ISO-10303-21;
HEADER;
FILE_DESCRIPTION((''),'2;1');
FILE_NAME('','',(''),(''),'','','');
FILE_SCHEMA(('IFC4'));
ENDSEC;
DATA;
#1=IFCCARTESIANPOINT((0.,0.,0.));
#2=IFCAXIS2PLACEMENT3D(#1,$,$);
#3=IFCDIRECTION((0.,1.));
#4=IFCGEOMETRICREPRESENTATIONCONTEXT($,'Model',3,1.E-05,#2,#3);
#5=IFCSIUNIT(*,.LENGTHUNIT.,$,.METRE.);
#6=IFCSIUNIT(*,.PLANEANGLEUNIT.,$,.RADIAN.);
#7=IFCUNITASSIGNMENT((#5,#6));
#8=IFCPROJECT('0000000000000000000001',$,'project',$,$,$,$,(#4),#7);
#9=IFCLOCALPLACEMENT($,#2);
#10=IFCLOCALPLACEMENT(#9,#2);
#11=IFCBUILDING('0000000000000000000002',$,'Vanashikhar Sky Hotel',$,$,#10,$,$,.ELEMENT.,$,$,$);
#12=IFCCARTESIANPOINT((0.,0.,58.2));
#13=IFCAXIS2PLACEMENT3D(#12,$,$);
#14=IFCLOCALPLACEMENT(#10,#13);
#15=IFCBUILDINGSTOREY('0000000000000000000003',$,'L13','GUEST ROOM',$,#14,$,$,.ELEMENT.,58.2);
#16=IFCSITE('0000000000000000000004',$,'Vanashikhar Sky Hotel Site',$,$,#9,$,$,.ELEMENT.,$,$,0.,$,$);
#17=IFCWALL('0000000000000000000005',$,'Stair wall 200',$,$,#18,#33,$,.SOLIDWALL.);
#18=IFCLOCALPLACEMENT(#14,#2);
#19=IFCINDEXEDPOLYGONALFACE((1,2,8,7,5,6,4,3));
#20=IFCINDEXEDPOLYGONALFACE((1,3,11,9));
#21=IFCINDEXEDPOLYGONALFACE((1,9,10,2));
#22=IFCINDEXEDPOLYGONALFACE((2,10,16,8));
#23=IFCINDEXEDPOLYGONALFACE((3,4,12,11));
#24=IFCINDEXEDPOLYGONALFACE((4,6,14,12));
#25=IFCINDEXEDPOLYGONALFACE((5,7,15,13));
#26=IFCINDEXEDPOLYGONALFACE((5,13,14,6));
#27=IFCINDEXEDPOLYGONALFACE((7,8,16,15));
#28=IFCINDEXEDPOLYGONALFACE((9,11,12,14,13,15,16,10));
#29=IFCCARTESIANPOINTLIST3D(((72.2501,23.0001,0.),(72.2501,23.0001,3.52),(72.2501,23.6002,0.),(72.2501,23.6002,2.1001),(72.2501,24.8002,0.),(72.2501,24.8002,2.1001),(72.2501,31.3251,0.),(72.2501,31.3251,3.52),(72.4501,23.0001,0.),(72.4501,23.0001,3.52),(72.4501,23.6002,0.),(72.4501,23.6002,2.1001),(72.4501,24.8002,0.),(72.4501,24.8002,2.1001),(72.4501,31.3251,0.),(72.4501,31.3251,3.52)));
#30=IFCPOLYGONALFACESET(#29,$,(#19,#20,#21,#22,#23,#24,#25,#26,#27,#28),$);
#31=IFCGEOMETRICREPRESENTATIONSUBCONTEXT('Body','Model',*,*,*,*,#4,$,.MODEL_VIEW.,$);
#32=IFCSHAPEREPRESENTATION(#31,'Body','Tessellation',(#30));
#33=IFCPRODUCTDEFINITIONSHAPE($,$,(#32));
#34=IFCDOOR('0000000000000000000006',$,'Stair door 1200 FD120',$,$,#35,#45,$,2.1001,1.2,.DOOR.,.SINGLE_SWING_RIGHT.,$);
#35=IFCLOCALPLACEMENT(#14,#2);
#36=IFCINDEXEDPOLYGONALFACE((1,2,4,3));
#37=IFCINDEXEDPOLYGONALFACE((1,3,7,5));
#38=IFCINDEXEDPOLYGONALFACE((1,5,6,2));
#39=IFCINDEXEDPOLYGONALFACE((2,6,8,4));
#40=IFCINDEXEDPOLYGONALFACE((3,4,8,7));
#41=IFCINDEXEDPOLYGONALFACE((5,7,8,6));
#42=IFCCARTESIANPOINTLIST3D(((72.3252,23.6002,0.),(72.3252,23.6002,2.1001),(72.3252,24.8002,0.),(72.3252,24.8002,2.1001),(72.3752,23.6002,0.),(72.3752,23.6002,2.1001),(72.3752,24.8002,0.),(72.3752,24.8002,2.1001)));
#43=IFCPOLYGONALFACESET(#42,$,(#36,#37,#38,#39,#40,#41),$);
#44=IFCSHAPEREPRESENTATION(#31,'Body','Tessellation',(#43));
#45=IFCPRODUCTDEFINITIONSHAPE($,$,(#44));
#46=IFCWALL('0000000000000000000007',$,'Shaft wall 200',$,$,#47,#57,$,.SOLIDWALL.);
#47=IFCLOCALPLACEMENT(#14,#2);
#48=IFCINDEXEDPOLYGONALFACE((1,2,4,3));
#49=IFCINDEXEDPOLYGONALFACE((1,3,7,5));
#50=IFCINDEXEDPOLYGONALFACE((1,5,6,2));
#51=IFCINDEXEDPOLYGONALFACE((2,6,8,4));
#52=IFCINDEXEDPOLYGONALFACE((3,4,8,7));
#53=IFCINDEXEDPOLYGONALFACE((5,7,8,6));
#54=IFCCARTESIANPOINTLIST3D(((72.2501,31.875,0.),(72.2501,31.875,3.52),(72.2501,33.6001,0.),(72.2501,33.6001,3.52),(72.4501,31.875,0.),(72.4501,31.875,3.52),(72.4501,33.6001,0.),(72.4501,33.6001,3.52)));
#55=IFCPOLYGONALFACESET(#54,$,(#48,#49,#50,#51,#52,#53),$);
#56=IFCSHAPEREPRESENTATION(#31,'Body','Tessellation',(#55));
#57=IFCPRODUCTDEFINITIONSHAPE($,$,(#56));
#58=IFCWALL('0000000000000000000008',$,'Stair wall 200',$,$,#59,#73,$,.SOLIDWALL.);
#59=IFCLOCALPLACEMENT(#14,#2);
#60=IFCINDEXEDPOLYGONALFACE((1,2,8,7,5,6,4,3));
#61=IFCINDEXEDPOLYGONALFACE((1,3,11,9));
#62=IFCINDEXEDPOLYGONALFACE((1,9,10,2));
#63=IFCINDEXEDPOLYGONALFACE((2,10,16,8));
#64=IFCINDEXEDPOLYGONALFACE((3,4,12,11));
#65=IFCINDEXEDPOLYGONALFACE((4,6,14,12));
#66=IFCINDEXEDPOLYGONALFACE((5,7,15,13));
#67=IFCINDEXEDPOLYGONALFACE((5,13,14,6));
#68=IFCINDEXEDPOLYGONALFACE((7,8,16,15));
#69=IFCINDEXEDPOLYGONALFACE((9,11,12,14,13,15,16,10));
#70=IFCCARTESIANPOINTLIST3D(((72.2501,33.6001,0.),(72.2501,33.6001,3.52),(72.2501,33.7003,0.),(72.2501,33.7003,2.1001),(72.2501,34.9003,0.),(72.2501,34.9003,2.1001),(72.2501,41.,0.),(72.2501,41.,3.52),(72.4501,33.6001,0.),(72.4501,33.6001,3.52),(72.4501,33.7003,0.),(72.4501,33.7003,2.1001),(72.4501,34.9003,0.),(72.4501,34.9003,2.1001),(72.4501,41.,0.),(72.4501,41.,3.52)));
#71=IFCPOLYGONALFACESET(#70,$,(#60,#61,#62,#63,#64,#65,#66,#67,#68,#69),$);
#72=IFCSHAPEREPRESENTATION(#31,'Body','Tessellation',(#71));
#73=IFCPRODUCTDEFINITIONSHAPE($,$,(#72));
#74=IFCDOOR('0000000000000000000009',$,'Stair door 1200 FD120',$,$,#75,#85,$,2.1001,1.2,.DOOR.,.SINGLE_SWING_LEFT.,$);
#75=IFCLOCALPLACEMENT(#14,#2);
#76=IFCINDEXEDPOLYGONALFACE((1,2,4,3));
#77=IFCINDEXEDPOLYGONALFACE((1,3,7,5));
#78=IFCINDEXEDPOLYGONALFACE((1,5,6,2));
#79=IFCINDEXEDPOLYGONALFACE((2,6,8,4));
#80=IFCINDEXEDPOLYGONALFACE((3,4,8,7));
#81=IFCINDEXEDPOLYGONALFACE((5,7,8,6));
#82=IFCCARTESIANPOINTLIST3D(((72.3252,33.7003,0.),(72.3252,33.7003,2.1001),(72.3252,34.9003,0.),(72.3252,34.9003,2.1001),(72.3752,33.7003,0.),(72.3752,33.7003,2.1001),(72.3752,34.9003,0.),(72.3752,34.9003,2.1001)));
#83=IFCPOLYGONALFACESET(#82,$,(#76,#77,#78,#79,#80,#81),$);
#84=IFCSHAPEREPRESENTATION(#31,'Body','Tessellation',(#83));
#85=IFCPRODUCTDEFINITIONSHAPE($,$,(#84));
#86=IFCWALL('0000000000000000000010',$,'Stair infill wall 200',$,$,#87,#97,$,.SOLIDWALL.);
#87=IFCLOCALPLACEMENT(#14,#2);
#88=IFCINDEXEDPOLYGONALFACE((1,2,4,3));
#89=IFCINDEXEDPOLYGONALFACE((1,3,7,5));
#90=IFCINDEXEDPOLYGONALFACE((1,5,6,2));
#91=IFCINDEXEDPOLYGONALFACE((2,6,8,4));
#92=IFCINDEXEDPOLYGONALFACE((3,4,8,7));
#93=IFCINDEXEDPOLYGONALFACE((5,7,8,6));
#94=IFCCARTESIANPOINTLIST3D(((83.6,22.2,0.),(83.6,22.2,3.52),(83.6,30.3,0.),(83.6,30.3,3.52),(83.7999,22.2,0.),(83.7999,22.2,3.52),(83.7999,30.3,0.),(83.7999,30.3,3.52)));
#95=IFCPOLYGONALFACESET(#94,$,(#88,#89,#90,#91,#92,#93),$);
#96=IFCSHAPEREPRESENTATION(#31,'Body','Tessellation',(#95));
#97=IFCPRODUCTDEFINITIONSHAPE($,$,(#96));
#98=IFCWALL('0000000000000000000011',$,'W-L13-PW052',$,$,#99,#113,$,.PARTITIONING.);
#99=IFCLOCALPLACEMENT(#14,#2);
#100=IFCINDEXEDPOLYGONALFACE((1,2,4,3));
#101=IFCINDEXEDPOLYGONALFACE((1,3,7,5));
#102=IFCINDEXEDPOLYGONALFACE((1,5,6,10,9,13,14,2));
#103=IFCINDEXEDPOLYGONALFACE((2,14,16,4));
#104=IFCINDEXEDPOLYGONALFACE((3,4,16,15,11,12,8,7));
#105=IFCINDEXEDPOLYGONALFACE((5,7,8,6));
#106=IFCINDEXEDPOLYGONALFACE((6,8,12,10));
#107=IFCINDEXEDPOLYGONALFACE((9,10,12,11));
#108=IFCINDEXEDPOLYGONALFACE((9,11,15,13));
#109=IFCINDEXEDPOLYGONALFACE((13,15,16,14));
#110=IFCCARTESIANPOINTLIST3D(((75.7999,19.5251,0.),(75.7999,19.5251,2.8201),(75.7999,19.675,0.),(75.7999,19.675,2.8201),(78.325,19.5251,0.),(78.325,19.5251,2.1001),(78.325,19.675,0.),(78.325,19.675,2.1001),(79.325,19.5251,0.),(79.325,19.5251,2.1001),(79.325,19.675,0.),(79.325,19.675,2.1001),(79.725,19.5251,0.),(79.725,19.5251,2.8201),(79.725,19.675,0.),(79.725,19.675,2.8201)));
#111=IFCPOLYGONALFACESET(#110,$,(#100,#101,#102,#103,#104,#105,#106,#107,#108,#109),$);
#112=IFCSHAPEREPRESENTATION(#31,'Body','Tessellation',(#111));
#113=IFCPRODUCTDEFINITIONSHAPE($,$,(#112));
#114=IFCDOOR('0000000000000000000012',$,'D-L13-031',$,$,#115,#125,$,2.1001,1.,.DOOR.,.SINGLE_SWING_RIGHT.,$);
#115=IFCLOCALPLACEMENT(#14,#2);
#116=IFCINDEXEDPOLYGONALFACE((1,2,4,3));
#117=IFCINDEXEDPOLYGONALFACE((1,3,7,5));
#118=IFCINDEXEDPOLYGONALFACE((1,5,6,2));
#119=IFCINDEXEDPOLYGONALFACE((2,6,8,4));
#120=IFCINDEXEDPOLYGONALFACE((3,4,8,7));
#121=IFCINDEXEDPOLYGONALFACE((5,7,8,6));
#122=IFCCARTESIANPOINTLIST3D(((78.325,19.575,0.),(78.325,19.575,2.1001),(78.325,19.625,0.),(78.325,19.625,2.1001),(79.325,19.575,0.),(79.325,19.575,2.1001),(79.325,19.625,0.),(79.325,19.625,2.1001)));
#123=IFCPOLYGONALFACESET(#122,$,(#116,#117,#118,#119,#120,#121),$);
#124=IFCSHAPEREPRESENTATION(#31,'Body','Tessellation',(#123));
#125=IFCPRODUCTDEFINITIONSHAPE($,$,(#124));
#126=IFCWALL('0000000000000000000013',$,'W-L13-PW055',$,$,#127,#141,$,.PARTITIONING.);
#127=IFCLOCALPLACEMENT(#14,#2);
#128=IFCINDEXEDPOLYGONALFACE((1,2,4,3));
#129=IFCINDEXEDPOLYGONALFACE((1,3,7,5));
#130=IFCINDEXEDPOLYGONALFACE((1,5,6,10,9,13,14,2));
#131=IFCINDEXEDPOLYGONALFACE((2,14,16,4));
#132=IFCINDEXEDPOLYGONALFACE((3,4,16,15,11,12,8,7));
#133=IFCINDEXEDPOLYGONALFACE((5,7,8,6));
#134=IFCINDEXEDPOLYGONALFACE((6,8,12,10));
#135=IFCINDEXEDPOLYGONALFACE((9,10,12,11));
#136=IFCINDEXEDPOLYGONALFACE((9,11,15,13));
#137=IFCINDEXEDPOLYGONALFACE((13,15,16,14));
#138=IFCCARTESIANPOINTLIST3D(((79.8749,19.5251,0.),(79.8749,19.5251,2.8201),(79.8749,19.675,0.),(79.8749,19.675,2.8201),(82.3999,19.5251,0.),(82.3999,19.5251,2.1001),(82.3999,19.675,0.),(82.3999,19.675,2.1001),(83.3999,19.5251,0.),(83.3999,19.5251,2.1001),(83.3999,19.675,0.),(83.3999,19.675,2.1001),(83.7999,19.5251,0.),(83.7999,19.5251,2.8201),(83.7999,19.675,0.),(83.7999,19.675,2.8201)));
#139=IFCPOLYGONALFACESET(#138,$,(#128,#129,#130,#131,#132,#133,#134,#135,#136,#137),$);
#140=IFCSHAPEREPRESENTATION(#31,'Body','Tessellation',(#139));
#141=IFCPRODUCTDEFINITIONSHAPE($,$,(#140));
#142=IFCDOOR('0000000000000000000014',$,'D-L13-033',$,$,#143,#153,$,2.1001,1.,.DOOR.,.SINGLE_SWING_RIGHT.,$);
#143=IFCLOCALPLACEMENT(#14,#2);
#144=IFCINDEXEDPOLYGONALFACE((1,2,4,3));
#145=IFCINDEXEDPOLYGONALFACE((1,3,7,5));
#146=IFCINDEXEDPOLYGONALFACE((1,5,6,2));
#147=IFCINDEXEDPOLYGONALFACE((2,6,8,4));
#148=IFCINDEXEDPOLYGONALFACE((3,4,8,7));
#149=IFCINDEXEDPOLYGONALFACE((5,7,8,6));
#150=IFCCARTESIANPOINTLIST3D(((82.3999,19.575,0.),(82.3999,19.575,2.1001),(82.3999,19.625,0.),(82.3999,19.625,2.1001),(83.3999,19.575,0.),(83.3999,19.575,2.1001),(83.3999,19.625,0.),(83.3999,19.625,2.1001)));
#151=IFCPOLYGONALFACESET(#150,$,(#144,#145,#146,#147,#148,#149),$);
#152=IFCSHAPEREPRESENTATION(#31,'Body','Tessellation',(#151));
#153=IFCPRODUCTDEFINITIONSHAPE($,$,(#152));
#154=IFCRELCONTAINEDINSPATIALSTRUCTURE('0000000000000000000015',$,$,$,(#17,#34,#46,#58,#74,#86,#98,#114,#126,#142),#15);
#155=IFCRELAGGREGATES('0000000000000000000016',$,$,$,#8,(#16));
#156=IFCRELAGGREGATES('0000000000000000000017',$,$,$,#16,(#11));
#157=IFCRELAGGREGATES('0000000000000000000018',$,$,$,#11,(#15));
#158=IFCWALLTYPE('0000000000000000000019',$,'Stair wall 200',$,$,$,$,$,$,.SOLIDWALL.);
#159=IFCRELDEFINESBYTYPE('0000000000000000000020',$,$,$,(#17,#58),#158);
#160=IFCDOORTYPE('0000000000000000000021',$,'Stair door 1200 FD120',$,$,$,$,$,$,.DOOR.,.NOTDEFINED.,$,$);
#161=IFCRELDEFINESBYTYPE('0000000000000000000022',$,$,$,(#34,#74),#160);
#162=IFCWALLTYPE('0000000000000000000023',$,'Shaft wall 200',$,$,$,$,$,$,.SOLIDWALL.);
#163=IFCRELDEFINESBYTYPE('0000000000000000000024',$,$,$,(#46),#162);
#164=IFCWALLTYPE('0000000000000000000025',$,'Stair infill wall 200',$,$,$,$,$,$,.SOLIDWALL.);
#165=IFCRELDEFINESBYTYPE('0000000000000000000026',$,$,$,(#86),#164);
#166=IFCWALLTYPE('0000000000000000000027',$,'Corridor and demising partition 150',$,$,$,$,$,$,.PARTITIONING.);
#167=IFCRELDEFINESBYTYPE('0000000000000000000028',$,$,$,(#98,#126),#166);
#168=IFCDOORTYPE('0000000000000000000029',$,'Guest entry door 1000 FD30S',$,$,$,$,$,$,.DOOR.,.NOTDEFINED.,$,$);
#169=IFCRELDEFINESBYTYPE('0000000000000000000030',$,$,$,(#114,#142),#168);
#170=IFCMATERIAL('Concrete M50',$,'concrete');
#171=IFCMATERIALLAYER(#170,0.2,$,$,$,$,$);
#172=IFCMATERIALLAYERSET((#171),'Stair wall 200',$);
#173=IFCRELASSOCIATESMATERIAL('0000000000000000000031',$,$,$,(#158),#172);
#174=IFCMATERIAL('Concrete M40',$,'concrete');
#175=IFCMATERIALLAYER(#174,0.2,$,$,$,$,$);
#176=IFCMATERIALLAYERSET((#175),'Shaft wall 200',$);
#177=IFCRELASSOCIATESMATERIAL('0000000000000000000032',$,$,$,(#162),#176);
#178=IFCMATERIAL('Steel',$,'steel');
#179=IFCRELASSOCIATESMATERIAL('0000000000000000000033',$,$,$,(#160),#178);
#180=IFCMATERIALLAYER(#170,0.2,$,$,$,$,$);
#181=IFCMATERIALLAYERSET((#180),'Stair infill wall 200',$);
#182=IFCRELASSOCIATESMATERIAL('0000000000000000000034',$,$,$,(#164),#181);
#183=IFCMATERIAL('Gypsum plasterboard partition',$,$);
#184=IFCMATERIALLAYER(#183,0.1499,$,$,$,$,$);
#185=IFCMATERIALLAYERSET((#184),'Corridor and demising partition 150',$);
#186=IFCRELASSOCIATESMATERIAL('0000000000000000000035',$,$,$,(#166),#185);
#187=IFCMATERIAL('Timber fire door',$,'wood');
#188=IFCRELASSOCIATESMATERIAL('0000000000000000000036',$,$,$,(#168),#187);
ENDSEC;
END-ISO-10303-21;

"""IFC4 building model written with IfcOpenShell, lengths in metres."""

from ifc_helpers import new_model, si_unit, direction, frame, frame_2d, origin, place, context, subcontext, project, spatial, rectangle, extrude, source, transform, mapped, material, layer, layer_set, type_object, element, fill, save


model = new_model("IFC4")

# Units and contexts
model_context = context("Model", 3, precision=1e-05, world=origin(), true_north=direction((0.0, 1.0)))
body_context = subcontext(model_context, "Body", "Model", "MODEL_VIEW")
ifc_project = project(units=[si_unit("LENGTHUNIT", "METRE"), si_unit("PLANEANGLEUNIT", "RADIAN")], contexts=[model_context])

# Site, building, storey
site_placement = place(None, origin())
site = spatial("IfcSite", under=ifc_project, at=site_placement, Name="Vanashikhar Sky Hotel Site", CompositionType="ELEMENT", RefElevation=0.0)
building_placement = place(site_placement, origin())
building = spatial("IfcBuilding", under=site, at=building_placement, Name="Vanashikhar Sky Hotel", CompositionType="ELEMENT")
storey_placement = place(building_placement, frame((0.0, 0.0, 58.2)))
storey = spatial("IfcBuildingStorey", under=building, at=storey_placement, Name="L13", Description="GUEST ROOM", CompositionType="ELEMENT", Elevation=58.2)

# Shared definitions
ifc_material_1 = material(Name="Concrete M50", Category="concrete")

# Shared definitions
ifc_material_2 = material(Name="Steel", Category="steel")
shared_shape_1 = source(origin(), body_context, "Body", "SweptSolid", [
    extrude(rectangle(XDim=1.0, YDim=2.1001, at=frame_2d((0.5, 1.05))), frame((0.0, 0.0249, 0.0), z_axis=(0.0, -1.0, 0.0), x_axis=(1.0, 0.0, 0.0)), (0.0, 0.0, 1.0), 0.05),
])
shared_shape_2 = source(origin(), body_context, "Body", "SweptSolid", [
    extrude(rectangle(XDim=1.2, YDim=2.1001, at=frame_2d((0.6001, 1.05))), frame((0.0, 0.0249, 0.0), z_axis=(0.0, -1.0, 0.0), x_axis=(1.0, 0.0, 0.0)), (0.0, 0.0, 1.0), 0.05),
])

# Shared definitions
ifc_layer_1 = layer(ifc_material_1, 0.2)
ifc_layer_set_1 = layer_set([ifc_layer_1], Name="Stair wall 200")
wall_type_1 = type_object("IfcWallType", Name="Stair wall 200", PredefinedType="SOLIDWALL", material=ifc_layer_set_1)
shared_shape_3 = source(origin(), body_context, "Body", "SweptSolid", [
    extrude(rectangle(XDim=1.2, YDim=2.1001, at=frame_2d((0.6001, 1.05))), frame((0.0, 0.1099, 0.0), z_axis=(0.0, -1.0, 0.0), x_axis=(1.0, 0.0, 0.0)), (0.0, 0.0, 1.0), 0.22),
])

# Shared definitions
ifc_material_3 = material(Name="Concrete M40", Category="concrete")
ifc_layer_2 = layer(ifc_material_3, 0.2)
ifc_layer_set_2 = layer_set([ifc_layer_2], Name="Shaft wall 200")
wall_type_2 = type_object("IfcWallType", Name="Shaft wall 200", PredefinedType="SOLIDWALL", material=ifc_layer_set_2)

# Wall, opening, door
door_type_1 = type_object("IfcDoorType", Name="Stair door 1200 FD120", OperationType="NOTDEFINED", PredefinedType="DOOR", material=ifc_material_2)
shared_shape_4 = source(origin(), body_context, "Body", "SweptSolid", [
    extrude(rectangle(XDim=8.325, YDim=0.2, at=frame_2d((4.1626, 0.0))), origin(), (0.0, 0.0, 1.0), 3.52),
])
wall_1_placement = place(storey_placement, frame((72.3501, 23.0, 0.0), z_axis=(0.0, 0.0, 1.0), x_axis=(0.0, 1.0, 0.0)))
wall_1 = element("IfcWall", 1, at=wall_1_placement, inside=storey, type_object=wall_type_1, Name="Stair wall 200", PredefinedType="SOLIDWALL", context=body_context, shape_type="MappedRepresentation", body=[
    mapped(shared_shape_4, transform((0.0, 0.0, 0.0), scale=1.0)),
])
opening_1_placement = place(wall_1_placement, frame((0.6001, 0.0, 0.0)))
opening_1 = element("IfcOpeningElement", 2, at=opening_1_placement, cuts=wall_1, PredefinedType="OPENING", context=body_context, shape_type="MappedRepresentation", body=[
    mapped(shared_shape_3, transform((0.0, 0.0, 0.0), scale=1.0)),
])
door_1_placement = place(opening_1_placement, origin())
door_1 = element("IfcDoor", 3, at=door_1_placement, inside=storey, type_object=door_type_1, Name="Stair door 1200 FD120", OperationType="SINGLE_SWING_RIGHT", OverallHeight=2.1001, OverallWidth=1.2, PredefinedType="DOOR", context=body_context, shape_type="MappedRepresentation", body=[
    mapped(shared_shape_2, transform((0.0, 0.0, 0.0), scale=1.0)),
])
fill(opening_1, door_1)

# Wall
shared_shape_5 = source(origin(), body_context, "Body", "SweptSolid", [
    extrude(rectangle(XDim=1.7251, YDim=0.2, at=frame_2d((0.8625, 0.0))), origin(), (0.0, 0.0, 1.0), 3.52),
])
wall_2_placement = place(storey_placement, frame((72.3501, 31.875, 0.0), z_axis=(0.0, 0.0, 1.0), x_axis=(0.0, 1.0, 0.0)))
element("IfcWall", 4, at=wall_2_placement, inside=storey, type_object=wall_type_2, Name="Shaft wall 200", PredefinedType="SOLIDWALL", context=body_context, shape_type="MappedRepresentation", body=[
    mapped(shared_shape_5, transform((0.0, 0.0, 0.0), scale=1.0)),
])

# Wall, opening, door
shared_shape_6 = source(origin(), body_context, "Body", "SweptSolid", [
    extrude(rectangle(XDim=7.3999, YDim=0.2, at=frame_2d((3.7, 0.0))), origin(), (0.0, 0.0, 1.0), 3.52),
])
wall_3_placement = place(storey_placement, frame((72.3501, 33.6001, 0.0), z_axis=(0.0, 0.0, 1.0), x_axis=(0.0, 1.0, 0.0)))
wall_3 = element("IfcWall", 5, at=wall_3_placement, inside=storey, type_object=wall_type_1, Name="Stair wall 200", PredefinedType="SOLIDWALL", context=body_context, shape_type="MappedRepresentation", body=[
    mapped(shared_shape_6, transform((0.0, 0.0, 0.0), scale=1.0)),
])
opening_2_placement = place(wall_3_placement, frame((0.1001, 0.0, 0.0)))
opening_2 = element("IfcOpeningElement", 6, at=opening_2_placement, cuts=wall_3, PredefinedType="OPENING", context=body_context, shape_type="MappedRepresentation", body=[
    mapped(shared_shape_3, transform((0.0, 0.0, 0.0), scale=1.0)),
])
door_2_placement = place(opening_2_placement, origin())
door_2 = element("IfcDoor", 7, at=door_2_placement, inside=storey, type_object=door_type_1, Name="Stair door 1200 FD120", OperationType="SINGLE_SWING_LEFT", OverallHeight=2.1001, OverallWidth=1.2, PredefinedType="DOOR", context=body_context, shape_type="MappedRepresentation", body=[
    mapped(shared_shape_2, transform((0.0, 0.0, 0.0), scale=1.0)),
])
fill(opening_2, door_2)

# Wall
ifc_layer_3 = layer(ifc_material_1, 0.2)
ifc_layer_set_3 = layer_set([ifc_layer_3], Name="Stair infill wall 200")
wall_type_3 = type_object("IfcWallType", Name="Stair infill wall 200", PredefinedType="SOLIDWALL", material=ifc_layer_set_3)
shared_shape_7 = source(origin(), body_context, "Body", "SweptSolid", [
    extrude(rectangle(XDim=8.1001, YDim=0.2, at=frame_2d((4.05, 0.0))), origin(), (0.0, 0.0, 1.0), 3.52),
])
wall_4_placement = place(storey_placement, frame((83.7, 22.2, 0.0), z_axis=(0.0, 0.0, 1.0), x_axis=(0.0, 1.0, 0.0)))
element("IfcWall", 8, at=wall_4_placement, inside=storey, type_object=wall_type_3, Name="Stair infill wall 200", PredefinedType="SOLIDWALL", context=body_context, shape_type="MappedRepresentation", body=[
    mapped(shared_shape_7, transform((0.0, 0.0, 0.0), scale=1.0)),
])

# Walls, openings, doors
ifc_material_4 = material(Name="Gypsum plasterboard partition")
ifc_layer_4 = layer(ifc_material_4, 0.1499)
ifc_layer_set_4 = layer_set([ifc_layer_4], Name="Corridor and demising partition 150")
wall_type_4 = type_object("IfcWallType", Name="Corridor and demising partition 150", PredefinedType="PARTITIONING", material=ifc_layer_set_4)
shared_shape_8 = source(origin(), body_context, "Body", "SweptSolid", [
    extrude(rectangle(XDim=3.925, YDim=0.1499, at=frame_2d((1.9624, 0.0))), origin(), (0.0, 0.0, 1.0), 2.8201),
])
wall_5_placement = place(storey_placement, frame((75.8, 19.6001, 0.0), z_axis=(0.0, 0.0, 1.0), x_axis=(1.0, 0.0, 0.0)))
wall_5 = element("IfcWall", 9, at=wall_5_placement, inside=storey, type_object=wall_type_4, Name="W-L13-PW052", PredefinedType="PARTITIONING", context=body_context, shape_type="MappedRepresentation", body=[
    mapped(shared_shape_8, transform((0.0, 0.0, 0.0), scale=1.0)),
])
shared_shape_9 = source(origin(), body_context, "Body", "SweptSolid", [
    extrude(rectangle(XDim=1.0, YDim=2.1001, at=frame_2d((0.5, 1.05))), frame((0.0, 0.085, 0.0), z_axis=(0.0, -1.0, 0.0), x_axis=(1.0, 0.0, 0.0)), (0.0, 0.0, 1.0), 0.1699),
])
opening_3_placement = place(wall_5_placement, frame((2.5249, 0.0, 0.0)))
opening_3 = element("IfcOpeningElement", 10, at=opening_3_placement, cuts=wall_5, PredefinedType="OPENING", context=body_context, shape_type="MappedRepresentation", body=[
    mapped(shared_shape_9, transform((0.0, 0.0, 0.0), scale=1.0)),
])
ifc_material_5 = material(Name="Timber fire door", Category="wood")
door_type_2 = type_object("IfcDoorType", Name="Guest entry door 1000 FD30S", OperationType="NOTDEFINED", PredefinedType="DOOR", material=ifc_material_5)
door_3_placement = place(opening_3_placement, origin())
door_3 = element("IfcDoor", 11, at=door_3_placement, inside=storey, type_object=door_type_2, Name="D-L13-031", OperationType="SINGLE_SWING_RIGHT", OverallHeight=2.1001, OverallWidth=1.0, PredefinedType="DOOR", context=body_context, shape_type="MappedRepresentation", body=[
    mapped(shared_shape_1, transform((0.0, 0.0, 0.0), scale=1.0)),
])
fill(opening_3, door_3)
wall_6_placement = place(storey_placement, frame((79.875, 19.6001, 0.0), z_axis=(0.0, 0.0, 1.0), x_axis=(1.0, 0.0, 0.0)))
wall_6 = element("IfcWall", 12, at=wall_6_placement, inside=storey, type_object=wall_type_4, Name="W-L13-PW055", PredefinedType="PARTITIONING", context=body_context, shape_type="MappedRepresentation", body=[
    mapped(shared_shape_8, transform((0.0, 0.0, 0.0), scale=1.0)),
])
opening_4_placement = place(wall_6_placement, frame((2.5249, 0.0, 0.0)))
opening_4 = element("IfcOpeningElement", 13, at=opening_4_placement, cuts=wall_6, PredefinedType="OPENING", context=body_context, shape_type="MappedRepresentation", body=[
    mapped(shared_shape_9, transform((0.0, 0.0, 0.0), scale=1.0)),
])
door_4_placement = place(opening_4_placement, origin())
door_4 = element("IfcDoor", 14, at=door_4_placement, inside=storey, type_object=door_type_2, Name="D-L13-033", OperationType="SINGLE_SWING_RIGHT", OverallHeight=2.1001, OverallWidth=1.0, PredefinedType="DOOR", context=body_context, shape_type="MappedRepresentation", body=[
    mapped(shared_shape_1, transform((0.0, 0.0, 0.0), scale=1.0)),
])
fill(opening_4, door_4)

save(model, "model.ifc")
